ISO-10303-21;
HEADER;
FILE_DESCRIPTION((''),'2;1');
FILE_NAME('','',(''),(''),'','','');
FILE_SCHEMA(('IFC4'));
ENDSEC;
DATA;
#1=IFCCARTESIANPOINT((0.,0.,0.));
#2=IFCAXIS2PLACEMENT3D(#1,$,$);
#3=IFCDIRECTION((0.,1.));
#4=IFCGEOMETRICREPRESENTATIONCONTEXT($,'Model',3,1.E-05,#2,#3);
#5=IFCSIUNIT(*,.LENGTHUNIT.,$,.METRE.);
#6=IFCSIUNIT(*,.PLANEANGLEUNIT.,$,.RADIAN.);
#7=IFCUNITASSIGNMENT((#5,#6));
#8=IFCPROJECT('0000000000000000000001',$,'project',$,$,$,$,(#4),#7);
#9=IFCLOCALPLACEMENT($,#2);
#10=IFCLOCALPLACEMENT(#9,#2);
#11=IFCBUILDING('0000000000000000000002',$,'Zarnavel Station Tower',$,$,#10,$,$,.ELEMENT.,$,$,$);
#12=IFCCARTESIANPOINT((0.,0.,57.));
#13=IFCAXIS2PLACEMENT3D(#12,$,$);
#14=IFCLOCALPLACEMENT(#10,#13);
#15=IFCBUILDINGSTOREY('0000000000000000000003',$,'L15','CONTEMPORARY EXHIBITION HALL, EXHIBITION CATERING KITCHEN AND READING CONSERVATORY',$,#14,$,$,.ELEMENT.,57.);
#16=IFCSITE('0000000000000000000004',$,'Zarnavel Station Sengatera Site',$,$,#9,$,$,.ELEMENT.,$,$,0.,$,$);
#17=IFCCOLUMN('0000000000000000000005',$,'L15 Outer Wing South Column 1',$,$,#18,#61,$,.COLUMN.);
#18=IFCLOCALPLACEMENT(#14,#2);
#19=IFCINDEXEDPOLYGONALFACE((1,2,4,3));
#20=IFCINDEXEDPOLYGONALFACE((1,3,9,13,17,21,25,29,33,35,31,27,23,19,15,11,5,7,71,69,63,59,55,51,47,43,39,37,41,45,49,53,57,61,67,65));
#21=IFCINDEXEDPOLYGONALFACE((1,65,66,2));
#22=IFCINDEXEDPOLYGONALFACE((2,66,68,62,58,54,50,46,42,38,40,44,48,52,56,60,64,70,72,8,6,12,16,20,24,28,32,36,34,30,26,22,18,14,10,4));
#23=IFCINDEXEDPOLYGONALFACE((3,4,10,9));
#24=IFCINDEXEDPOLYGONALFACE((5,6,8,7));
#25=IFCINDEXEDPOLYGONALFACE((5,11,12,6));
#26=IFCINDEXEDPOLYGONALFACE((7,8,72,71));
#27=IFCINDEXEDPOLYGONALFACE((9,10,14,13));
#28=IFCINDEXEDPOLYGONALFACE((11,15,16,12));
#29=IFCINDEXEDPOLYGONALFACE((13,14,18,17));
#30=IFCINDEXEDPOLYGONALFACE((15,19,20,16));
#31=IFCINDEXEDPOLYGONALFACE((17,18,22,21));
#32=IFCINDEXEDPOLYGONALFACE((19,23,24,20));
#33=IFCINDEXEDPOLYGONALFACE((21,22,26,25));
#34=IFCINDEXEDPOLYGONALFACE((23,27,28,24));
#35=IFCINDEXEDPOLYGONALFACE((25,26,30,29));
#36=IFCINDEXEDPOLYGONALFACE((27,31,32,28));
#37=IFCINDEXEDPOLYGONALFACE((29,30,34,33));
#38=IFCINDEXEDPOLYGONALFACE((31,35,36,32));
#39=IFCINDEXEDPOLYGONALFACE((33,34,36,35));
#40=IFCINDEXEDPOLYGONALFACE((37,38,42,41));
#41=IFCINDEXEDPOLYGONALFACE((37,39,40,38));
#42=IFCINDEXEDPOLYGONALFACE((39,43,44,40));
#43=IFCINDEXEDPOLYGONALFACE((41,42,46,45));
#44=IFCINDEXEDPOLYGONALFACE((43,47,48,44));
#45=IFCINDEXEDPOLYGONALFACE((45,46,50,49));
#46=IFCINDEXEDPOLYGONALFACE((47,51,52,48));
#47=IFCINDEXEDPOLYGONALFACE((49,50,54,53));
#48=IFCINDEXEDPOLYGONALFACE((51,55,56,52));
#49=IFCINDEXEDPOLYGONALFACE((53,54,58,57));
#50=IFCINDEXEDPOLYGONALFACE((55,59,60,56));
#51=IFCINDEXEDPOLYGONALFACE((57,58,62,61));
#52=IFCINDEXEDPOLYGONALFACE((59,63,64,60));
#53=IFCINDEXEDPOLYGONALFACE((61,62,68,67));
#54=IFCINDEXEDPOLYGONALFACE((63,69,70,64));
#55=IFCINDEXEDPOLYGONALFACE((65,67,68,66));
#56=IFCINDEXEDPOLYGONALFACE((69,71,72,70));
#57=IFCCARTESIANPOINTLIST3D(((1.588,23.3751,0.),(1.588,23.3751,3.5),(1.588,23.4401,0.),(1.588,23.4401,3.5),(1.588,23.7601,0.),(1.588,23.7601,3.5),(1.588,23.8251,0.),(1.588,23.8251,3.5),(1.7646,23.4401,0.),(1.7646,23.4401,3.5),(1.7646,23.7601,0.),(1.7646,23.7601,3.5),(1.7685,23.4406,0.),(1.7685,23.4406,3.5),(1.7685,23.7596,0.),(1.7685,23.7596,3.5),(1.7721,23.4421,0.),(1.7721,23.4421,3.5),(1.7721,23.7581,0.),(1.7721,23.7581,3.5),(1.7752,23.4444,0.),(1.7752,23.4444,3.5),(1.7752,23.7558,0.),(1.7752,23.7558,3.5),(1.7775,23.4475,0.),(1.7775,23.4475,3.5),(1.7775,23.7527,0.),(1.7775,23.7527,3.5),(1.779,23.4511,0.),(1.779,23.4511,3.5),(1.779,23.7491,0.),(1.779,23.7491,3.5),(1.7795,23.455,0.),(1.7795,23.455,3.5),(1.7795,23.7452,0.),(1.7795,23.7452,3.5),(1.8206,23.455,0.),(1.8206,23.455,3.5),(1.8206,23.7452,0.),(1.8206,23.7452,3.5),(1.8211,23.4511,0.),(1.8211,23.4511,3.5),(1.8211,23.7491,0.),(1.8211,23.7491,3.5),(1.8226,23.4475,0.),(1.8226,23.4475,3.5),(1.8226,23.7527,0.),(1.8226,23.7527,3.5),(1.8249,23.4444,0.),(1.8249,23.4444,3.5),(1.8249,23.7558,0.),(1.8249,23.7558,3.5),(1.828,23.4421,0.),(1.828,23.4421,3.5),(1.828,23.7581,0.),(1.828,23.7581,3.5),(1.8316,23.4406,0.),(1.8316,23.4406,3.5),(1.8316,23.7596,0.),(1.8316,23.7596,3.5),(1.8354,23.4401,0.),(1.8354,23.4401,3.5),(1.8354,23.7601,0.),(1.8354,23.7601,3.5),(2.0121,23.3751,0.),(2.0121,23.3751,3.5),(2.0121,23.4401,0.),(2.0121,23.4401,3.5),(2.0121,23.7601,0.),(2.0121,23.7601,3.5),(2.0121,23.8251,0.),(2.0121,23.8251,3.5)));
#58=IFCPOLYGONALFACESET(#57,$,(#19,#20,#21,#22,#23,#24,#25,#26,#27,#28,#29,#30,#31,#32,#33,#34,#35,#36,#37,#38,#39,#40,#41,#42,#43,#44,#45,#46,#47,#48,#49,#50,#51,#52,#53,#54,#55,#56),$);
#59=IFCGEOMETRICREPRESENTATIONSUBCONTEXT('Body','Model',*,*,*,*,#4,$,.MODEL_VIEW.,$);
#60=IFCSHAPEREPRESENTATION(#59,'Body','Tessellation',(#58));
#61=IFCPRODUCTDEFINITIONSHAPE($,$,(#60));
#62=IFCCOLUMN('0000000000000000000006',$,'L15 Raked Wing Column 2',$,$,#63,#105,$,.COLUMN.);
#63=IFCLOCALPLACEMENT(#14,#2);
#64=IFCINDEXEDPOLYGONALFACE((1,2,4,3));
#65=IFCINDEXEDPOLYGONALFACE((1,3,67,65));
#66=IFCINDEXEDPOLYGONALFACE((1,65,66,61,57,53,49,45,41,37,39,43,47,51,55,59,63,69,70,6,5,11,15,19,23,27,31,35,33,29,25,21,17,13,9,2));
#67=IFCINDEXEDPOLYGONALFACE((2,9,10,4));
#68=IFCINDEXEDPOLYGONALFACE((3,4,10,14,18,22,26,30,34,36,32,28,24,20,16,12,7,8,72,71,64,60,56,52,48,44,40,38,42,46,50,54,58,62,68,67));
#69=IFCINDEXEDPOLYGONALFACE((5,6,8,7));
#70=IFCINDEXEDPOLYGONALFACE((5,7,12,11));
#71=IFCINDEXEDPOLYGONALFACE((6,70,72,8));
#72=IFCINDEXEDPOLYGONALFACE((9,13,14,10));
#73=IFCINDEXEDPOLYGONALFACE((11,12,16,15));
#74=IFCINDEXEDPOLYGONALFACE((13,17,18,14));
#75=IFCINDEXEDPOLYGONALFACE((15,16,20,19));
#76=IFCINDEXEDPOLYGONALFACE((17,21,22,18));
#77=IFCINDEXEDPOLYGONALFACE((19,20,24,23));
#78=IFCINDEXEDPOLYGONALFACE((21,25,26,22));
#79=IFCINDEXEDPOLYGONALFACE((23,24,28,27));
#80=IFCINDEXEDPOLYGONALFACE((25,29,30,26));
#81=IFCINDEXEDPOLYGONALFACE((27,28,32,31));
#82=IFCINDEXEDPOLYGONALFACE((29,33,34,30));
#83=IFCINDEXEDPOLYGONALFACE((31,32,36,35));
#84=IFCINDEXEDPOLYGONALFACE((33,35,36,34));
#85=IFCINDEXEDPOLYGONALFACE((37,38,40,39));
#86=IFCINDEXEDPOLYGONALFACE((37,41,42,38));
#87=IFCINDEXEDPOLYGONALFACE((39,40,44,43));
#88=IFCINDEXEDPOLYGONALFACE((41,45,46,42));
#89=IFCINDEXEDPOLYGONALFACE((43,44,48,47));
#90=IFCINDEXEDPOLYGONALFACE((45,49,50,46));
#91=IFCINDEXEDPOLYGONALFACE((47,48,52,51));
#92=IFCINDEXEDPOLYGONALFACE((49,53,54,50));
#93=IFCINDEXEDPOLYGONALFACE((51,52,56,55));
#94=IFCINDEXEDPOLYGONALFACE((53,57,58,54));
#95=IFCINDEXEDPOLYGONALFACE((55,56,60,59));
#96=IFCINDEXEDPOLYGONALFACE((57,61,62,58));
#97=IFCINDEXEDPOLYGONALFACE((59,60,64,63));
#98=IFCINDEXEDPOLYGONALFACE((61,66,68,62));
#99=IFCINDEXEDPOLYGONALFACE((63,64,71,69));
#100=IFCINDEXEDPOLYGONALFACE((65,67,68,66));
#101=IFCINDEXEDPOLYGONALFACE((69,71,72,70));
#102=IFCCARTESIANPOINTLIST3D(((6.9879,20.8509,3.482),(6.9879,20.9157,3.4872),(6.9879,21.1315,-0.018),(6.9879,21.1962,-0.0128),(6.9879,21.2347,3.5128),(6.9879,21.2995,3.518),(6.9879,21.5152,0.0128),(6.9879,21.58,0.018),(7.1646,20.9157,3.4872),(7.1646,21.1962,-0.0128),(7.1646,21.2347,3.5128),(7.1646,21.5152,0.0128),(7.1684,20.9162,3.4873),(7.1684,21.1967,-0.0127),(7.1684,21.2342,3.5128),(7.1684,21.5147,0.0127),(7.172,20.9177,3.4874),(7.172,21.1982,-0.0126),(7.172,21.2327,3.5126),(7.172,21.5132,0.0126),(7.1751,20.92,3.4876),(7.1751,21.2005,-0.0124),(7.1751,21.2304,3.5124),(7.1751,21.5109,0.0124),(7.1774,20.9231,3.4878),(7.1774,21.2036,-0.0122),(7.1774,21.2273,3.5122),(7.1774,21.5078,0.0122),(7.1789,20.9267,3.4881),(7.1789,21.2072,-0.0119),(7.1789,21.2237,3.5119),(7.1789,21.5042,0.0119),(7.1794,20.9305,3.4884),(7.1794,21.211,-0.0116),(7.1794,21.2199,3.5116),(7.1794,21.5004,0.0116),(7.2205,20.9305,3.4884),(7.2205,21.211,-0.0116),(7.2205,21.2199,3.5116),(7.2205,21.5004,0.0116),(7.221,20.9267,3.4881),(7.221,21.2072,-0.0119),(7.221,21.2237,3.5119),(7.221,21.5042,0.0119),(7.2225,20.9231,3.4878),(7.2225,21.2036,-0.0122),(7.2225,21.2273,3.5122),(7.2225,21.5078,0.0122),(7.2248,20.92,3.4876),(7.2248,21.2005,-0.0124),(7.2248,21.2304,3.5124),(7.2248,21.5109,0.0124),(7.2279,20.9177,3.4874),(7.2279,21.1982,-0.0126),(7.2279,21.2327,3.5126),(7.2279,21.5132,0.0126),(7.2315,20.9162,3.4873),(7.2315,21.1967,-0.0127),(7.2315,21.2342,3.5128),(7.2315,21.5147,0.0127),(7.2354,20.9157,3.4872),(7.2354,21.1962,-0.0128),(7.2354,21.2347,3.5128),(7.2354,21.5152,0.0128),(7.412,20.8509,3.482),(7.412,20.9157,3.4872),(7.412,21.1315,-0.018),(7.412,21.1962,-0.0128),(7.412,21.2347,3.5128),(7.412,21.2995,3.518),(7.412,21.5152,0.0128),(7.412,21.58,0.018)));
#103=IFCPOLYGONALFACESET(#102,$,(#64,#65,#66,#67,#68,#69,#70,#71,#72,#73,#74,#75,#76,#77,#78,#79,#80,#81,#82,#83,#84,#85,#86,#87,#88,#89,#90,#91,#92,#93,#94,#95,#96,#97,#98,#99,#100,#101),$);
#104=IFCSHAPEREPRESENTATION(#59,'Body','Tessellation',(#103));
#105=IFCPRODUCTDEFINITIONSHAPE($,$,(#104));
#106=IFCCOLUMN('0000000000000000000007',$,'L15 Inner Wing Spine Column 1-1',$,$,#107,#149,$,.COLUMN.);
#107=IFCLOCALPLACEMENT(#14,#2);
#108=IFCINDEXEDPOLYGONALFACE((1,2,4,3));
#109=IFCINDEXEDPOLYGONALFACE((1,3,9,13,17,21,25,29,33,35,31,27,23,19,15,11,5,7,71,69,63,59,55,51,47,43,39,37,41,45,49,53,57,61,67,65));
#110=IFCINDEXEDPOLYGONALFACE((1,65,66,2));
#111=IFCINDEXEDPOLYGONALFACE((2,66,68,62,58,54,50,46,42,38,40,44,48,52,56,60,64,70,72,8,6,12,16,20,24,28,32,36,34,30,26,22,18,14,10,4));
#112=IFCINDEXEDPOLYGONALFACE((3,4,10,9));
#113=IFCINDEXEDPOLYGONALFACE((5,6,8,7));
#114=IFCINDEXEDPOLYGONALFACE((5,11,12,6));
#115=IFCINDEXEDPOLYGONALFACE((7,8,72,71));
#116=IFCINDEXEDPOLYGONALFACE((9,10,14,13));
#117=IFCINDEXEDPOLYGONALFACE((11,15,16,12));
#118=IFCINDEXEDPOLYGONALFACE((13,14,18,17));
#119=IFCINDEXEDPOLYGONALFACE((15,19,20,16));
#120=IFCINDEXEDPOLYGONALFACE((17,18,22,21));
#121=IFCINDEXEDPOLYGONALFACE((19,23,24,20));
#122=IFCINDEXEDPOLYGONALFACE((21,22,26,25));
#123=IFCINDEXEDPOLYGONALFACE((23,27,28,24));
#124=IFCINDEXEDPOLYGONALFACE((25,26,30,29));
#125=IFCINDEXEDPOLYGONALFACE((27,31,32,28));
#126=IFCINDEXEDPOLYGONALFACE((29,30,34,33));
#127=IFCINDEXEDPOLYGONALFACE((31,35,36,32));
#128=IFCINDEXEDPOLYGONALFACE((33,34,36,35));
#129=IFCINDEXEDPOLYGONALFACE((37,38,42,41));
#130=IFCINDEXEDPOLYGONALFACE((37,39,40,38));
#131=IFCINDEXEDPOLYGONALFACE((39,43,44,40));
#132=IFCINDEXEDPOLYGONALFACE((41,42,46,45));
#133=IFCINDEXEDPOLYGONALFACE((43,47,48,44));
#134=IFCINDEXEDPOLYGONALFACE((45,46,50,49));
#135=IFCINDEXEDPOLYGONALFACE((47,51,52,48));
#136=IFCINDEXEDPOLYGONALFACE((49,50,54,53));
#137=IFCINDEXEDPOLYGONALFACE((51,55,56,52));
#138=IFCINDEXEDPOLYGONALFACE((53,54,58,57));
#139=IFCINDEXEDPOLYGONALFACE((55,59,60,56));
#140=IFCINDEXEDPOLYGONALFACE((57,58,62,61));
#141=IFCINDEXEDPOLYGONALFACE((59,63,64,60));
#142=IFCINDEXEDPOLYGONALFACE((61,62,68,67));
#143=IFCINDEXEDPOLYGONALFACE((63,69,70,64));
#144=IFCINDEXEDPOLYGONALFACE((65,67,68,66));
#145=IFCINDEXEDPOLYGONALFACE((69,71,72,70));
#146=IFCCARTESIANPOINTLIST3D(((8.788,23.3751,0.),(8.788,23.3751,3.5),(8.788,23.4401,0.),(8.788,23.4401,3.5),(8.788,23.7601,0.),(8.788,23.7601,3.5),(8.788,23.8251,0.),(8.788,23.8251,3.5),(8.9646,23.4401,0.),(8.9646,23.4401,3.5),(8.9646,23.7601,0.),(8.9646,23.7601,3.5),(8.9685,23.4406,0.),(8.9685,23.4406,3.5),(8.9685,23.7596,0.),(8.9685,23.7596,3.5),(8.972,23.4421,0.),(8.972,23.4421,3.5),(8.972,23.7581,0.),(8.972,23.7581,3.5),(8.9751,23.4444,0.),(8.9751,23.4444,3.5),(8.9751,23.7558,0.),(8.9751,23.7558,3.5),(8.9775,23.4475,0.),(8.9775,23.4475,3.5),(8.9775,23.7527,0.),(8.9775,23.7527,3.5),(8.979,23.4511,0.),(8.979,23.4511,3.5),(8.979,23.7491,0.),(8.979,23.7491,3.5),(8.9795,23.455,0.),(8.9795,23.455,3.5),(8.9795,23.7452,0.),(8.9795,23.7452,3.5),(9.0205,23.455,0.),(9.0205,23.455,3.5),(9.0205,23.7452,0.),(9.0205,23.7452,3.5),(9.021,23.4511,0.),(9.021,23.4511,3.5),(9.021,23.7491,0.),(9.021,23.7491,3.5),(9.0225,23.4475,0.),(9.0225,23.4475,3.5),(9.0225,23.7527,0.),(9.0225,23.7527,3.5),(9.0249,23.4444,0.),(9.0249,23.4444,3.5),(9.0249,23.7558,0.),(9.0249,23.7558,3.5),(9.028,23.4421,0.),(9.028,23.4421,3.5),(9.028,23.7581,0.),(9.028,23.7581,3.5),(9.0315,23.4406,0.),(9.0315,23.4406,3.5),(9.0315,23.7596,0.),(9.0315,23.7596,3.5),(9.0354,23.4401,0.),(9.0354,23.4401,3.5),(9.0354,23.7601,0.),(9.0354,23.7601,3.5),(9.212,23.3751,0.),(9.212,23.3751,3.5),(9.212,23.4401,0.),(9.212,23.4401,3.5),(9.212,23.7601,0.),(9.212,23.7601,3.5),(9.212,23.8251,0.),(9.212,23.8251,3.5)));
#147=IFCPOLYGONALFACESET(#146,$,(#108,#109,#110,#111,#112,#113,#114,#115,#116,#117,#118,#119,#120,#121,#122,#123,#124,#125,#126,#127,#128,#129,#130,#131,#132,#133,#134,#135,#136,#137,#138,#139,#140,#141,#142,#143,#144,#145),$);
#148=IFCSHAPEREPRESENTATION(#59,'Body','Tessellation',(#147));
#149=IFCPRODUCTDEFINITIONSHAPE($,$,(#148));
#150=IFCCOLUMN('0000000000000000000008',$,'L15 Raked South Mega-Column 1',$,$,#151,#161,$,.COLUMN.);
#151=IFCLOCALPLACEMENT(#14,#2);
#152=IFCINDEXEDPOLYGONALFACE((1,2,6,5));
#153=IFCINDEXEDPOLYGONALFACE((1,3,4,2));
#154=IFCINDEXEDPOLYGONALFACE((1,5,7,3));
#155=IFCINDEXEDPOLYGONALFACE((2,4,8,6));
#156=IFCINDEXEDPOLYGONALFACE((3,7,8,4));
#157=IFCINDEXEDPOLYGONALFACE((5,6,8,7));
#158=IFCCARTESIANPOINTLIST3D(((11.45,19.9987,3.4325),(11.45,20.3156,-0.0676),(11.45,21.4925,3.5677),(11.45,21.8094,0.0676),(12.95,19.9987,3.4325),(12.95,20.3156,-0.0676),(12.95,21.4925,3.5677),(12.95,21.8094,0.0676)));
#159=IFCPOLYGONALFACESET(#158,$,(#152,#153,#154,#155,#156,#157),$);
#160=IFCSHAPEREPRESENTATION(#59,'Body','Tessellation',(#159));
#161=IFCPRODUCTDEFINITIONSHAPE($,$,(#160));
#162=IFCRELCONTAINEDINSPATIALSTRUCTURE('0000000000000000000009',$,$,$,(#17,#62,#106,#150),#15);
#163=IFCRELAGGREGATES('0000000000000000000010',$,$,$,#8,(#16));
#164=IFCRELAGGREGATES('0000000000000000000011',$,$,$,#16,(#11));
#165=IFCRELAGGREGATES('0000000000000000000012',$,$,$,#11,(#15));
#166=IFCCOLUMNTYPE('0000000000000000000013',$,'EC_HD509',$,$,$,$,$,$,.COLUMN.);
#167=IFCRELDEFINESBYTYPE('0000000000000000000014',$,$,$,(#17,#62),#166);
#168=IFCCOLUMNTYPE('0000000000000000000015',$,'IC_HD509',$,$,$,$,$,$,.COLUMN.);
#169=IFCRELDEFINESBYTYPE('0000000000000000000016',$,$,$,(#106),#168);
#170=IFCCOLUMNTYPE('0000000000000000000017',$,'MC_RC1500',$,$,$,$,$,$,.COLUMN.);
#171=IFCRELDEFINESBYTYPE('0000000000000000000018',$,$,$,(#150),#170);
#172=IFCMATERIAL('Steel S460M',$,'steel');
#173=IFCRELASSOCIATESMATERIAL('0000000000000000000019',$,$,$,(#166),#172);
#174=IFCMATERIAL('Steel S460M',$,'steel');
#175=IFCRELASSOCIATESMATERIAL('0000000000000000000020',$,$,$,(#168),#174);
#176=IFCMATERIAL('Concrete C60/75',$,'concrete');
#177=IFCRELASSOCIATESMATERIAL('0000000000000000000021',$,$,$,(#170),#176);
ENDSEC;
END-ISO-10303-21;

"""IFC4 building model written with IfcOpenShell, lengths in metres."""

from ifc_helpers import new_model, si_unit, direction, frame, origin, origin_2d, place, context, subcontext, project, spatial, rectangle, i_section, extrude, material, material_profile, profile_set, type_object, element, save


model = new_model("IFC4")

# Units and contexts
model_context = context("Model", 3, precision=1e-05, world=origin(), true_north=direction((0.0, 1.0)))
body_context = subcontext(model_context, "Body", "Model", "MODEL_VIEW")
ifc_project = project(units=[si_unit("LENGTHUNIT", "METRE"), si_unit("PLANEANGLEUNIT", "RADIAN")], contexts=[model_context])

# Site, building, storey
site_placement = place(None, origin())
site = spatial("IfcSite", under=ifc_project, at=site_placement, Name="Zarnavel Station Sengatera Site", CompositionType="ELEMENT", RefElevation=0.0)
building_placement = place(site_placement, origin())
building = spatial("IfcBuilding", under=site, at=building_placement, Name="Zarnavel Station Tower", CompositionType="ELEMENT")
storey_placement = place(building_placement, frame((0.0, 0.0, 57.0)))
storey = spatial("IfcBuildingStorey", under=building, at=storey_placement, Name="L15", Description="CONTEMPORARY EXHIBITION HALL, EXHIBITION CATERING KITCHEN AND READING CONSERVATORY", CompositionType="ELEMENT", Elevation=57.0)

# Columns
ifc_material_1 = material(Name="Steel S460M", Category="steel")
ifc_material_profile_1 = material_profile(ifc_material_1, i_section(OverallWidth=0.4241, OverallDepth=0.45, WebThickness=0.041, FlangeThickness=0.0649, FilletRadius=0.0149, at=origin_2d()), Name="HD400x509")
ifc_profile_set_1 = profile_set([ifc_material_profile_1], Name="Steel S460M")
column_type_1 = type_object("IfcColumnType", Name="EC_HD509", PredefinedType="COLUMN", material=ifc_profile_set_1)
column_1_placement = place(storey_placement, frame((1.8, 23.6001, 0.0), z_axis=(0.0, 0.0, 1.0), x_axis=(1.0, 0.0, 0.0)))
element("IfcColumn", 1, at=column_1_placement, inside=storey, type_object=column_type_1, Name="L15 Outer Wing South Column 1", PredefinedType="COLUMN", context=body_context, shape_type="SweptSolid", body=[
    extrude(i_section(OverallWidth=0.4241, OverallDepth=0.45, WebThickness=0.041, FlangeThickness=0.0649, FilletRadius=0.0149, at=origin_2d()), origin(), (0.0, 0.0, 1.0), 3.5),
])
column_2_placement = place(storey_placement, frame((7.2, 21.3557, 0.0), z_axis=(0.0, -0.079892, 0.996804), x_axis=(1.0, 0.0, 0.0)))
element("IfcColumn", 2, at=column_2_placement, inside=storey, type_object=column_type_1, Name="L15 Raked Wing Column 2", PredefinedType="COLUMN", context=body_context, shape_type="SweptSolid", body=[
    extrude(i_section(OverallWidth=0.4241, OverallDepth=0.45, WebThickness=0.041, FlangeThickness=0.0649, FilletRadius=0.0149, at=origin_2d()), origin(), (0.0, 0.0, 1.0), 3.5112),
])
ifc_material_2 = material(Name="Steel S460M", Category="steel")
ifc_material_profile_2 = material_profile(ifc_material_2, i_section(OverallWidth=0.4241, OverallDepth=0.45, WebThickness=0.041, FlangeThickness=0.0649, FilletRadius=0.0149, at=origin_2d()), Name="HD400x509")
ifc_profile_set_2 = profile_set([ifc_material_profile_2], Name="Steel S460M")
column_type_2 = type_object("IfcColumnType", Name="IC_HD509", PredefinedType="COLUMN", material=ifc_profile_set_2)
column_3_placement = place(storey_placement, frame((9.0, 23.6001, 0.0), z_axis=(0.0, 0.0, 1.0), x_axis=(1.0, 0.0, 0.0)))
element("IfcColumn", 3, at=column_3_placement, inside=storey, type_object=column_type_2, Name="L15 Inner Wing Spine Column 1-1", PredefinedType="COLUMN", context=body_context, shape_type="SweptSolid", body=[
    extrude(i_section(OverallWidth=0.4241, OverallDepth=0.45, WebThickness=0.041, FlangeThickness=0.0649, FilletRadius=0.0149, at=origin_2d()), origin(), (0.0, 0.0, 1.0), 3.5),
])
ifc_material_3 = material(Name="Concrete C60/75", Category="concrete")
ifc_material_profile_3 = material_profile(ifc_material_3, rectangle(XDim=1.5, YDim=1.5, at=origin_2d()), Name="RC1500x1500")
ifc_profile_set_3 = profile_set([ifc_material_profile_3], Name="Concrete C60/75")
column_type_3 = type_object("IfcColumnType", Name="MC_RC1500", PredefinedType="COLUMN", material=ifc_profile_set_3)
column_4_placement = place(storey_placement, frame((12.2, 21.0625, 0.0), z_axis=(0.0, -0.090172, 0.995926), x_axis=(1.0, 0.0, 0.0)))
element("IfcColumn", 4, at=column_4_placement, inside=storey, type_object=column_type_3, Name="L15 Raked South Mega-Column 1", PredefinedType="COLUMN", context=body_context, shape_type="SweptSolid", body=[
    extrude(rectangle(XDim=1.5, YDim=1.5, at=origin_2d()), origin(), (0.0, 0.0, 1.0), 3.5144),
])

save(model, "model.ifc")
